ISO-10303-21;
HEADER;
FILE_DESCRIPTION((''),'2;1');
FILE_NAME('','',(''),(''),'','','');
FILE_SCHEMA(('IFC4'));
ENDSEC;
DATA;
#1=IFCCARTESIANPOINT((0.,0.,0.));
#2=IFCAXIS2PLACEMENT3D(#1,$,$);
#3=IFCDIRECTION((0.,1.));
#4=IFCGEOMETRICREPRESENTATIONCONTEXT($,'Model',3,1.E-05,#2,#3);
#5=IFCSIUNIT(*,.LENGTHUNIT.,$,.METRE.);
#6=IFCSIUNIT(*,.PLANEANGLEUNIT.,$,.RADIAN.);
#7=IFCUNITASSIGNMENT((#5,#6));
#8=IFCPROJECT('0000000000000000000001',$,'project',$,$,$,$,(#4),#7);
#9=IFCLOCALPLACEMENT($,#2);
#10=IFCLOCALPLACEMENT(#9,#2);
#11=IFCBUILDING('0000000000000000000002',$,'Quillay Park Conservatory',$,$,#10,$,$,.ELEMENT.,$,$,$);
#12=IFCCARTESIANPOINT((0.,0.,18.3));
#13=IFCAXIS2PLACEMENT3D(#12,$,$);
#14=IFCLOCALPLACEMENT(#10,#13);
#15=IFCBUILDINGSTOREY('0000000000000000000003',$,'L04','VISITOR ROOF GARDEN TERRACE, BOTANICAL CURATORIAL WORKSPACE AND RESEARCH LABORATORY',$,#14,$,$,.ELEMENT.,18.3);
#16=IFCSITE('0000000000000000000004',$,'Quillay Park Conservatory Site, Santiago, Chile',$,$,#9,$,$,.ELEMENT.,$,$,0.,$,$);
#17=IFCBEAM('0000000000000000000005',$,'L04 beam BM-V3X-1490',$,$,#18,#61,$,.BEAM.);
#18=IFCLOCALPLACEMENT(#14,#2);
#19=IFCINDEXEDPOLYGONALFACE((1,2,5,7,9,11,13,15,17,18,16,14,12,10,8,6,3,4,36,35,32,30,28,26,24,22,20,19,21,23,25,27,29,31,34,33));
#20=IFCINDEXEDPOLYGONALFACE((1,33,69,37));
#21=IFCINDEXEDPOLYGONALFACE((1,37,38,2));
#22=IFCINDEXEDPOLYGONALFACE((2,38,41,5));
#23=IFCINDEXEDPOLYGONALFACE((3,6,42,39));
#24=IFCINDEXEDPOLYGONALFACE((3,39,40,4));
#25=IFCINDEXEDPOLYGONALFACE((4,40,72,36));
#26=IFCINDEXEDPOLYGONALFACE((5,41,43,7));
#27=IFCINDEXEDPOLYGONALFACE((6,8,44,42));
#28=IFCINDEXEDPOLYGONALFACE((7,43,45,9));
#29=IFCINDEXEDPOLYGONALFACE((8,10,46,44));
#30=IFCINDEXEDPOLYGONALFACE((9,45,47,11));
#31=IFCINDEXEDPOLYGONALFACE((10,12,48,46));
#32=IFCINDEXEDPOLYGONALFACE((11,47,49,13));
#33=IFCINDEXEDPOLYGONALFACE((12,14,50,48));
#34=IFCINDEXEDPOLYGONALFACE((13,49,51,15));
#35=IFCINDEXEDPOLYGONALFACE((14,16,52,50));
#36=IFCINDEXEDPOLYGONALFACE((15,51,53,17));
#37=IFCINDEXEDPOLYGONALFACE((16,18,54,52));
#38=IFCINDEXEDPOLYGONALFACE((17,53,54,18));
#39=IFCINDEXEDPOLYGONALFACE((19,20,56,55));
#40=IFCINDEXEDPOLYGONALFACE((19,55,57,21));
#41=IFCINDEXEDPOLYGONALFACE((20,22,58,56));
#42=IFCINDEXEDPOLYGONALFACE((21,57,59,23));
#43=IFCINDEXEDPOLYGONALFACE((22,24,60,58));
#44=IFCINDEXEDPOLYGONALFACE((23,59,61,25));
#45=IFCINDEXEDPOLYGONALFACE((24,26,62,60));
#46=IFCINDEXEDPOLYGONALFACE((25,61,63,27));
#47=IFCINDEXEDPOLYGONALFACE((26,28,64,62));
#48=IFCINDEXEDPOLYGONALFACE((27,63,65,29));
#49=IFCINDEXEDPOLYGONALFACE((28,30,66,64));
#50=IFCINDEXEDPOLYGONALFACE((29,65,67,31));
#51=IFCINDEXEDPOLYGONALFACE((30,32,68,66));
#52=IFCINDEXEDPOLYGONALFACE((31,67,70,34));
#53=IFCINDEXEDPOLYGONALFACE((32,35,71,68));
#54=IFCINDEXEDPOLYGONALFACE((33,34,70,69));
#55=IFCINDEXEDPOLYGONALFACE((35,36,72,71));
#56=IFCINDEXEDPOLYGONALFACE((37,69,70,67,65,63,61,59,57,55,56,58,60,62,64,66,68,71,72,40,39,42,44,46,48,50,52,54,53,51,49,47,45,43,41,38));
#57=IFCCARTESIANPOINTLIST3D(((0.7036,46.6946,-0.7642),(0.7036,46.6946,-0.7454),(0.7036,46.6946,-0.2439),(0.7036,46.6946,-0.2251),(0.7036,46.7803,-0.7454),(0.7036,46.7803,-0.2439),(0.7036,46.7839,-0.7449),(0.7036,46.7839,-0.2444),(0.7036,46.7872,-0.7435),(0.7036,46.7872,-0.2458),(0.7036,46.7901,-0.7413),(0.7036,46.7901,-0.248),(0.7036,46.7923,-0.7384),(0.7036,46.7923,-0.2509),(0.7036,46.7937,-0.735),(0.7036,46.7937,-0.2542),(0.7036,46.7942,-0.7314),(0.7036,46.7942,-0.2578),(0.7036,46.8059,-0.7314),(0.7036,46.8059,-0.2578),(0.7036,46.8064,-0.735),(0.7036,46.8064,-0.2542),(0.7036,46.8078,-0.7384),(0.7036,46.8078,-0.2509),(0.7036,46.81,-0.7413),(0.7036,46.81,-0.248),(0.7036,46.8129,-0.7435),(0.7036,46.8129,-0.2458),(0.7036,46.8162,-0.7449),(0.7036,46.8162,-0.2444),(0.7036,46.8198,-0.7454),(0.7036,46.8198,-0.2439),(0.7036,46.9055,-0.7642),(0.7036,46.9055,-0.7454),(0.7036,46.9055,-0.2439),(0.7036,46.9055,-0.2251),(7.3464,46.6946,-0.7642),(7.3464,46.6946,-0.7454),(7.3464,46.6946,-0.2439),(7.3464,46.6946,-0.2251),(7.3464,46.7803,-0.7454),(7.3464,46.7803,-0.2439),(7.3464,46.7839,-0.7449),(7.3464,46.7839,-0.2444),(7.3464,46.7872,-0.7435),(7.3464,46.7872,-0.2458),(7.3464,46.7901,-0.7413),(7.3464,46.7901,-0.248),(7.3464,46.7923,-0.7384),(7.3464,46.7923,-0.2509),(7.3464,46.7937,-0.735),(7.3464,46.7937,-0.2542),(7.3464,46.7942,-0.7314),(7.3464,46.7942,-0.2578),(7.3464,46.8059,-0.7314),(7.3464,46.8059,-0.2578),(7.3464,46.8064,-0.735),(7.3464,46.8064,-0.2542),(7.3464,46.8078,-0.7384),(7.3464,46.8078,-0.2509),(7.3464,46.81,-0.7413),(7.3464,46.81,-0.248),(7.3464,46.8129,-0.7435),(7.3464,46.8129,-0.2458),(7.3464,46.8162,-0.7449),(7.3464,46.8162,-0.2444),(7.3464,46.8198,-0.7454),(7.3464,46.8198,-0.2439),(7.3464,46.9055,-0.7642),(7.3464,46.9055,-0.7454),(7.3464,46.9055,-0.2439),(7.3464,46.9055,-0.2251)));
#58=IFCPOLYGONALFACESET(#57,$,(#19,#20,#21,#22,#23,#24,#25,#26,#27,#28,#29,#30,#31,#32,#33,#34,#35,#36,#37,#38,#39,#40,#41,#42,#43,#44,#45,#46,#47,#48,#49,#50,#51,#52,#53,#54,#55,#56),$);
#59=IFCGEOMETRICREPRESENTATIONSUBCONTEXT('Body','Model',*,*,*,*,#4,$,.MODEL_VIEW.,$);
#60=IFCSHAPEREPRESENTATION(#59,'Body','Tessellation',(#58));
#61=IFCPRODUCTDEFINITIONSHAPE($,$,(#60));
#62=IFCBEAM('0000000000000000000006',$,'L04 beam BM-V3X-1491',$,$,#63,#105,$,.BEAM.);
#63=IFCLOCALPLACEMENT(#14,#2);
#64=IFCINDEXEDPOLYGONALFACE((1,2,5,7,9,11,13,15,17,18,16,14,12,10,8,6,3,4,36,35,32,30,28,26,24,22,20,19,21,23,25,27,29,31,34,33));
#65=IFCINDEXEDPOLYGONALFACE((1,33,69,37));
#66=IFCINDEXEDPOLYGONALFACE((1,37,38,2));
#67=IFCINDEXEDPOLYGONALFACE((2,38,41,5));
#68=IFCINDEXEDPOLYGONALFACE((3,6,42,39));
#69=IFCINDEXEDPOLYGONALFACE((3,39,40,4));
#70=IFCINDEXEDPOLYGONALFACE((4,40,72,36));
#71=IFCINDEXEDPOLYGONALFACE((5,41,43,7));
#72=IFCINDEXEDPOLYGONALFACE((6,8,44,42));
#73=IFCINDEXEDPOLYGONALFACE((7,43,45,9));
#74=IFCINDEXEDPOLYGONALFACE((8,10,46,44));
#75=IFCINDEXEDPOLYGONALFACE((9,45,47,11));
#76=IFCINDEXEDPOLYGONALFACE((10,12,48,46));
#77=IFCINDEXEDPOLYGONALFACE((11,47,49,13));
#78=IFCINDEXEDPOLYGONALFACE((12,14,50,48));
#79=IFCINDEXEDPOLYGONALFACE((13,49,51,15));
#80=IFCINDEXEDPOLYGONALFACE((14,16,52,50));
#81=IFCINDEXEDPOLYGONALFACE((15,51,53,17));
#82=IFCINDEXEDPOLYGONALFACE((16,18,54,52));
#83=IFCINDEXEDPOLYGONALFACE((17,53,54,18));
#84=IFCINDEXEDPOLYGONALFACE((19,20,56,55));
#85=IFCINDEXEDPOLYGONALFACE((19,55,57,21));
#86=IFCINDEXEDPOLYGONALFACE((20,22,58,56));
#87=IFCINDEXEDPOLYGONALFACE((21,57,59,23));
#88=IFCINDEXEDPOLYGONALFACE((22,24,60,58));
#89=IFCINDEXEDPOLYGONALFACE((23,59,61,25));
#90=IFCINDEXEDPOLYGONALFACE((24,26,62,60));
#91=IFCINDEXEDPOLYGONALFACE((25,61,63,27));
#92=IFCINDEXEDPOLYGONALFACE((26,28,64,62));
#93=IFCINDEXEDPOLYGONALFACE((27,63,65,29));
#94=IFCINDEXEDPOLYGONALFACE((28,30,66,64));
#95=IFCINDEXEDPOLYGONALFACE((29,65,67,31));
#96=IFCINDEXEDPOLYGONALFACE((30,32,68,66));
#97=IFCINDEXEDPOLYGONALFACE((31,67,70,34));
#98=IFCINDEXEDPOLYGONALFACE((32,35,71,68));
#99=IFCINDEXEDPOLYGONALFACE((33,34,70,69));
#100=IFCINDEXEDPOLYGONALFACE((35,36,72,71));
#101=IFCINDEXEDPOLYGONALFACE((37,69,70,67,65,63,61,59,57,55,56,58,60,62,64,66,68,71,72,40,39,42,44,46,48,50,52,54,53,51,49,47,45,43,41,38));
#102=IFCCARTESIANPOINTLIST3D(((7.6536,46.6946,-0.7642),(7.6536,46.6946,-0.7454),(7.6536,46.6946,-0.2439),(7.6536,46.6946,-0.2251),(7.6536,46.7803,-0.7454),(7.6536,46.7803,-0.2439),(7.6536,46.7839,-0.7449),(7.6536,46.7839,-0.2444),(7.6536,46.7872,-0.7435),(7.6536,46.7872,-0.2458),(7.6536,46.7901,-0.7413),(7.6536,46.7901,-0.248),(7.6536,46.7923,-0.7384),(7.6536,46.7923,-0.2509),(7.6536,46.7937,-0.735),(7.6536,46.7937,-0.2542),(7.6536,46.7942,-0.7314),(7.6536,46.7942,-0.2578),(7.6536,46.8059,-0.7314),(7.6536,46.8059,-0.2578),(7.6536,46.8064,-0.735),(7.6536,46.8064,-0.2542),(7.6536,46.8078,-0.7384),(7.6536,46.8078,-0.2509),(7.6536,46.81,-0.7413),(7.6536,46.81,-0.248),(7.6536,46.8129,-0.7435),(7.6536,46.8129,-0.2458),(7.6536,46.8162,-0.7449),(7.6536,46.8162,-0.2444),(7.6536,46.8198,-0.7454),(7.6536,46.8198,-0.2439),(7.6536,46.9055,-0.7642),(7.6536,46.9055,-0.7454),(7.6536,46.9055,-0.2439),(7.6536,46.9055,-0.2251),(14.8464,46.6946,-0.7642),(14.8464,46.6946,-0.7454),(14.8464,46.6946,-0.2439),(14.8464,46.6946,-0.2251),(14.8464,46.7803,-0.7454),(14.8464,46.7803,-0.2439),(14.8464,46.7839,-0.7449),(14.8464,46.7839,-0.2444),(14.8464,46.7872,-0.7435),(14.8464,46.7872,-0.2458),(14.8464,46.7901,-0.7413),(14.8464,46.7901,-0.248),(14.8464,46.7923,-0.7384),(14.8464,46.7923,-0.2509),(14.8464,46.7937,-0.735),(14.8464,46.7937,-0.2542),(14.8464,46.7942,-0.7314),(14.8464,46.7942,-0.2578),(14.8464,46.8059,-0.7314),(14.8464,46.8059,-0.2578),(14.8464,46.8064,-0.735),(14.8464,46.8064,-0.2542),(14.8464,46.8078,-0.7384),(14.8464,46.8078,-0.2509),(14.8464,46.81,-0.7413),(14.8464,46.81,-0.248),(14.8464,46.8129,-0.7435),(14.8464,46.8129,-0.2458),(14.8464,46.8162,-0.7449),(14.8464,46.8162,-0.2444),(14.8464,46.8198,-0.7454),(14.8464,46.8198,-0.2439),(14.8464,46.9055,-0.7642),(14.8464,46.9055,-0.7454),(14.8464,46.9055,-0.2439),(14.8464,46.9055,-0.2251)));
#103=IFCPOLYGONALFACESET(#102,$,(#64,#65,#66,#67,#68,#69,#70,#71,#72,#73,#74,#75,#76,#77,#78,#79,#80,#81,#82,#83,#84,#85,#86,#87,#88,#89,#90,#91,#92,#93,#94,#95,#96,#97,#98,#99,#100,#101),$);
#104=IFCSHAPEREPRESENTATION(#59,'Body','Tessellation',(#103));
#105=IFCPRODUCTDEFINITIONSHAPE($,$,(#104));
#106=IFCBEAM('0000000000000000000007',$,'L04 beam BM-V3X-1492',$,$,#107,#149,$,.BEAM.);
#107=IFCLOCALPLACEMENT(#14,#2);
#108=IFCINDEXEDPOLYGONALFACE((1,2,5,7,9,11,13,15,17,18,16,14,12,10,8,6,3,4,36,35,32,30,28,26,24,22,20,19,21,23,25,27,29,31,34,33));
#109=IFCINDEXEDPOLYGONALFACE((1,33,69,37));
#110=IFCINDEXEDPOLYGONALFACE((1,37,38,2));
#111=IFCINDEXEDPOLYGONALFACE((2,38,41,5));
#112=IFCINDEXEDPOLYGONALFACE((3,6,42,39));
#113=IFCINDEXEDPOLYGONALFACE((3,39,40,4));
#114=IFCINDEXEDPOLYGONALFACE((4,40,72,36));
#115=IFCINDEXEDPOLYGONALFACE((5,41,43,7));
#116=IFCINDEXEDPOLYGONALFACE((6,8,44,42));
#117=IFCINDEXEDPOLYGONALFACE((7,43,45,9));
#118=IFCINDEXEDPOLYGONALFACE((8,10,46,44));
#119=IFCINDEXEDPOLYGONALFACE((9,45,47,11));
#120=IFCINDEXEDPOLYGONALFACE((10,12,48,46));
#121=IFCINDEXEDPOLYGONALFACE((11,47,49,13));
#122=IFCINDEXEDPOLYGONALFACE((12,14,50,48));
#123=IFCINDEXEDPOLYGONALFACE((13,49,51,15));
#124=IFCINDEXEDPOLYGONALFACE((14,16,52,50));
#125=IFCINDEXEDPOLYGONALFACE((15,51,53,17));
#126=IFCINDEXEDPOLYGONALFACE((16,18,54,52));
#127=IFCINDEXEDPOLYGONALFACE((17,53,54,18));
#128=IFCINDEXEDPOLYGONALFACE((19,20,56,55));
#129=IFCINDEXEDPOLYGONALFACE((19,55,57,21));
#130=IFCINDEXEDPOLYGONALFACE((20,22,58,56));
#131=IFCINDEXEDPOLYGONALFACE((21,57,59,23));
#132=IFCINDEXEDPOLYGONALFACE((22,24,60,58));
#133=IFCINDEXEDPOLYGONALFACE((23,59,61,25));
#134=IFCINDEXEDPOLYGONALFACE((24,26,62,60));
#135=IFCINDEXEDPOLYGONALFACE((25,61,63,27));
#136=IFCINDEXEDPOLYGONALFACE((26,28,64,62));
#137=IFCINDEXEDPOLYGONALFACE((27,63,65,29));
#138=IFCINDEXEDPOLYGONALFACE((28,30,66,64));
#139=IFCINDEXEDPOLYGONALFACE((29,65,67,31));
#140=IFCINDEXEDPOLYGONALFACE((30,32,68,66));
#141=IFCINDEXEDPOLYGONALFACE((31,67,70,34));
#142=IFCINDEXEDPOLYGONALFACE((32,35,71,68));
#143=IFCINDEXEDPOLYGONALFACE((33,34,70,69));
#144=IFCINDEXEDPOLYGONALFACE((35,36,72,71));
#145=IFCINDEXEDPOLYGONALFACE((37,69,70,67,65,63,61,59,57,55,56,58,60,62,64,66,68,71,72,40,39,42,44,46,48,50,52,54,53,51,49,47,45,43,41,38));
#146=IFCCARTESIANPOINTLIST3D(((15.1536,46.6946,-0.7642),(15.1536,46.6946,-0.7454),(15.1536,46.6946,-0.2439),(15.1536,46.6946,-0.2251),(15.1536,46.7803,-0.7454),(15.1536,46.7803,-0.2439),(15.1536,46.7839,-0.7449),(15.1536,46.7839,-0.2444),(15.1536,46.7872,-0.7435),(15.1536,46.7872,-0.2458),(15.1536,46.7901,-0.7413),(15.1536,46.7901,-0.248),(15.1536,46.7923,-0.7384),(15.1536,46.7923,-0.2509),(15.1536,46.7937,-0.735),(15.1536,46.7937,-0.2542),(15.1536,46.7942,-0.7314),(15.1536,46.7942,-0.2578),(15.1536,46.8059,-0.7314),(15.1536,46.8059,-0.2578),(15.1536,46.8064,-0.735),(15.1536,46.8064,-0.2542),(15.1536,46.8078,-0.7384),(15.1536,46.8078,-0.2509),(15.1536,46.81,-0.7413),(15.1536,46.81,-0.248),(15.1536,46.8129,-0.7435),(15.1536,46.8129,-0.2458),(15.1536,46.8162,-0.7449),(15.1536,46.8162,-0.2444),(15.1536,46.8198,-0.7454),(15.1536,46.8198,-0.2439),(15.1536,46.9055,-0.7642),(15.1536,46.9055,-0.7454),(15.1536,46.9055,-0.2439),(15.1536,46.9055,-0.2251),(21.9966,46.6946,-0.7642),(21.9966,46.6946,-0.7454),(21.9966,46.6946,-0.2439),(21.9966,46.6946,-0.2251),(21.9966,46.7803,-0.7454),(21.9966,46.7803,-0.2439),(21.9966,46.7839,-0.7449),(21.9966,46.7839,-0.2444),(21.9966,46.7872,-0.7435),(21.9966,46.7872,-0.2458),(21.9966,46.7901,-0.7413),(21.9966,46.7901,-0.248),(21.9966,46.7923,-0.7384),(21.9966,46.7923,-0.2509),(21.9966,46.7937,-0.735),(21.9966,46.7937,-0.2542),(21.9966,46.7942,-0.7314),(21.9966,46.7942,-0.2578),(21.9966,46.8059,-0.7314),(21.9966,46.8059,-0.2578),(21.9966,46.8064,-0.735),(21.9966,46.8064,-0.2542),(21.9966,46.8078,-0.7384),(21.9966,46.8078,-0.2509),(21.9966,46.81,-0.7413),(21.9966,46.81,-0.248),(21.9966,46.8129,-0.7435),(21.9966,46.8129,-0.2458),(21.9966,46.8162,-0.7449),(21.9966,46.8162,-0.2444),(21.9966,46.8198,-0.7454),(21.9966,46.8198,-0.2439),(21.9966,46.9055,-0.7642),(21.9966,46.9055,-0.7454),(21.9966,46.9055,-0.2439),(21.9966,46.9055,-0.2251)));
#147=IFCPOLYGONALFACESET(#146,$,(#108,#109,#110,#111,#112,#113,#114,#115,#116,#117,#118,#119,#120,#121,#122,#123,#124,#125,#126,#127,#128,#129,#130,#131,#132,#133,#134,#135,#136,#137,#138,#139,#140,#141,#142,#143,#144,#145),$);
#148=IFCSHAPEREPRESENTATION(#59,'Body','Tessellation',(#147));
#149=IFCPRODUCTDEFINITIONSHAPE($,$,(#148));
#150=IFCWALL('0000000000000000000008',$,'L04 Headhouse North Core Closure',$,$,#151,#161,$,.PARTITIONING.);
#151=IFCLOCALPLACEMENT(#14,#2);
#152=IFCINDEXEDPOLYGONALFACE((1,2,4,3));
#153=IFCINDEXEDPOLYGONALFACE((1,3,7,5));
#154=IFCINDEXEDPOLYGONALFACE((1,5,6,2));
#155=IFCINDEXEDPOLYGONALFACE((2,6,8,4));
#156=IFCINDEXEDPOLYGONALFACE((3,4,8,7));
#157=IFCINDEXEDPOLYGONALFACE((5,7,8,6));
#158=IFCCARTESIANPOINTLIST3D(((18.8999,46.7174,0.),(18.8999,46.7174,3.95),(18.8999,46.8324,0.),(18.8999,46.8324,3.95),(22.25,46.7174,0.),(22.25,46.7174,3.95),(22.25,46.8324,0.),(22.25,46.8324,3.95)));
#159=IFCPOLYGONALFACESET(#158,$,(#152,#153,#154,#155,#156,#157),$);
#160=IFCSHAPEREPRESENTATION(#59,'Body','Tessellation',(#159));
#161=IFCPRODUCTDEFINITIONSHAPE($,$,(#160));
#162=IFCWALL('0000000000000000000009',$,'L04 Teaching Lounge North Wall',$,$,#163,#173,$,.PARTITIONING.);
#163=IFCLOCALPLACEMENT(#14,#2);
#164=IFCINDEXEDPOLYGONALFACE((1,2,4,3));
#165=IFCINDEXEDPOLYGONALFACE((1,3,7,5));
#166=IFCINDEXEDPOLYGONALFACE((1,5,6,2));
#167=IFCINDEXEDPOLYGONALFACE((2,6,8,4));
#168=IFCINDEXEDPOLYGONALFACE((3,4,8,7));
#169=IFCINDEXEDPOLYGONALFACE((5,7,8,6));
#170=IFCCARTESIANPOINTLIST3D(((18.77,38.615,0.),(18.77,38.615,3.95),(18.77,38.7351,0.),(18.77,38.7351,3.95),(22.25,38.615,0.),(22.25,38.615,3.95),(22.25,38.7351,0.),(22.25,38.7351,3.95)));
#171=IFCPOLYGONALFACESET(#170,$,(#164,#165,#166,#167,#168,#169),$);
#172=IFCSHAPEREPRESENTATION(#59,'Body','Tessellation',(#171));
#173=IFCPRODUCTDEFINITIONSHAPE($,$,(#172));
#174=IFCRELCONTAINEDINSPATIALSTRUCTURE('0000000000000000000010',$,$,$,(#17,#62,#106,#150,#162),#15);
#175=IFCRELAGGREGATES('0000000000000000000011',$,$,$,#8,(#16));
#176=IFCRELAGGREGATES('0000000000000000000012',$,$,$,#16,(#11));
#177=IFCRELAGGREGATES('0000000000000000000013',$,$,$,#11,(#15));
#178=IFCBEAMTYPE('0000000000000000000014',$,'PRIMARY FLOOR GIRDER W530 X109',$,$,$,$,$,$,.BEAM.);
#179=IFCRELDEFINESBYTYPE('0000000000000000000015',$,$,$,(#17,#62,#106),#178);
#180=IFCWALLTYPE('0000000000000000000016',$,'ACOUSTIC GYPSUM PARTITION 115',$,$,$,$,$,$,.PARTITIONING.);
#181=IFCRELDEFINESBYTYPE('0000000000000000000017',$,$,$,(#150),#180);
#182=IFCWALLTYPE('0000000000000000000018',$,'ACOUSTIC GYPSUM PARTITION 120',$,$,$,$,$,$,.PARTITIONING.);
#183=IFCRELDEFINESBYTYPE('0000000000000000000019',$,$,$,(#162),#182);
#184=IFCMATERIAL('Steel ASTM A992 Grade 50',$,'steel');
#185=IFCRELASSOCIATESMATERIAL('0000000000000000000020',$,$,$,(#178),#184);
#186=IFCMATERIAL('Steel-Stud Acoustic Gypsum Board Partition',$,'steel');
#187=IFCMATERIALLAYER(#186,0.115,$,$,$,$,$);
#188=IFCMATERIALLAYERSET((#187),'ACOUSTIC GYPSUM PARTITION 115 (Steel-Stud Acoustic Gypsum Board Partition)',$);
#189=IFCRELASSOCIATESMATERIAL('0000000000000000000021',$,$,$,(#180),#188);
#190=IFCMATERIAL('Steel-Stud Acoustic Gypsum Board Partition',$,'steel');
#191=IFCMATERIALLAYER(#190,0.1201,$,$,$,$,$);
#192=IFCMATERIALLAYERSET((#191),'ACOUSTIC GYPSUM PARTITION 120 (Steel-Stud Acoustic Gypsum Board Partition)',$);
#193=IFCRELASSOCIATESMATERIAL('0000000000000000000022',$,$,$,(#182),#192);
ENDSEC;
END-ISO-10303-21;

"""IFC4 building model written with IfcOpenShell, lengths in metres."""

from ifc_helpers import new_model, si_unit, direction, frame, frame_2d, origin, origin_2d, place, context, subcontext, project, spatial, rectangle, i_section, extrude, material, layer, layer_set, material_profile, profile_set, type_object, element, save


model = new_model("IFC4")

# Units and contexts
model_context = context("Model", 3, precision=1e-05, world=origin(), true_north=direction((0.0, 1.0)))
body_context = subcontext(model_context, "Body", "Model", "MODEL_VIEW")
ifc_project = project(units=[si_unit("LENGTHUNIT", "METRE"), si_unit("PLANEANGLEUNIT", "RADIAN")], contexts=[model_context])

# Site, building, storey
site_placement = place(None, origin())
site = spatial("IfcSite", under=ifc_project, at=site_placement, Name="Quillay Park Conservatory Site, Santiago, Chile", CompositionType="ELEMENT", RefElevation=0.0)
building_placement = place(site_placement, origin())
building = spatial("IfcBuilding", under=site, at=building_placement, Name="Quillay Park Conservatory", CompositionType="ELEMENT")
storey_placement = place(building_placement, frame((0.0, 0.0, 18.3)))
storey = spatial("IfcBuildingStorey", under=building, at=storey_placement, Name="L04", Description="VISITOR ROOF GARDEN TERRACE, BOTANICAL CURATORIAL WORKSPACE AND RESEARCH LABORATORY", CompositionType="ELEMENT", Elevation=18.3)

# Beams
ifc_material_1 = material(Name="Steel ASTM A992 Grade 50", Category="steel")
ifc_material_profile_1 = material_profile(ifc_material_1, i_section(OverallWidth=0.2109, OverallDepth=0.5391, WebThickness=0.0117, FlangeThickness=0.0188, FilletRadius=0.0139, at=origin_2d()), Name="W530x109")
ifc_profile_set_1 = profile_set([ifc_material_profile_1], Name="Steel ASTM A992 Grade 50")
beam_type_1 = type_object("IfcBeamType", Name="PRIMARY FLOOR GIRDER W530 X109", PredefinedType="BEAM", material=ifc_profile_set_1)
beam_1_placement = place(storey_placement, frame((0.7036, 46.8, -0.4946), z_axis=(1.0, 0.0, 0.0), x_axis=(0.0, 1.0, 0.0)))
element("IfcBeam", 1, at=beam_1_placement, inside=storey, type_object=beam_type_1, Name="L04 beam BM-V3X-1490", PredefinedType="BEAM", context=body_context, shape_type="SweptSolid", body=[
    extrude(i_section(OverallWidth=0.2109, OverallDepth=0.5391, WebThickness=0.0117, FlangeThickness=0.0188, FilletRadius=0.0139, at=origin_2d()), origin(), (0.0, 0.0, 1.0), 6.6428),
])
beam_2_placement = place(storey_placement, frame((7.6536, 46.8, -0.4946), z_axis=(1.0, 0.0, 0.0), x_axis=(0.0, 1.0, 0.0)))
element("IfcBeam", 2, at=beam_2_placement, inside=storey, type_object=beam_type_1, Name="L04 beam BM-V3X-1491", PredefinedType="BEAM", context=body_context, shape_type="SweptSolid", body=[
    extrude(i_section(OverallWidth=0.2109, OverallDepth=0.5391, WebThickness=0.0117, FlangeThickness=0.0188, FilletRadius=0.0139, at=origin_2d()), origin(), (0.0, 0.0, 1.0), 7.1929),
])
beam_3_placement = place(storey_placement, frame((15.1536, 46.8, -0.4946), z_axis=(1.0, 0.0, 0.0), x_axis=(0.0, 1.0, 0.0)))
element("IfcBeam", 3, at=beam_3_placement, inside=storey, type_object=beam_type_1, Name="L04 beam BM-V3X-1492", PredefinedType="BEAM", context=body_context, shape_type="SweptSolid", body=[
    extrude(i_section(OverallWidth=0.2109, OverallDepth=0.5391, WebThickness=0.0117, FlangeThickness=0.0188, FilletRadius=0.0139, at=origin_2d()), origin(), (0.0, 0.0, 1.0), 6.843),
])

# Walls
ifc_material_2 = material(Name="Steel-Stud Acoustic Gypsum Board Partition", Category="steel")
ifc_layer_1 = layer(ifc_material_2, 0.115)
ifc_layer_set_1 = layer_set([ifc_layer_1], Name="ACOUSTIC GYPSUM PARTITION 115 (Steel-Stud Acoustic Gypsum Board Partition)")
wall_type_1 = type_object("IfcWallType", Name="ACOUSTIC GYPSUM PARTITION 115", PredefinedType="PARTITIONING", material=ifc_layer_set_1)
wall_1_placement = place(storey_placement, frame((18.8999, 46.7749, 0.0), z_axis=(0.0, 0.0, 1.0), x_axis=(1.0, 0.0, 0.0)))
element("IfcWall", 4, at=wall_1_placement, inside=storey, type_object=wall_type_1, Name="L04 Headhouse North Core Closure", PredefinedType="PARTITIONING", context=body_context, shape_type="SweptSolid", body=[
    extrude(rectangle(XDim=3.3501, YDim=0.115, at=frame_2d((1.675, 0.0))), origin(), (0.0, 0.0, 1.0), 3.95),
])
ifc_material_3 = material(Name="Steel-Stud Acoustic Gypsum Board Partition", Category="steel")
ifc_layer_2 = layer(ifc_material_3, 0.1201)
ifc_layer_set_2 = layer_set([ifc_layer_2], Name="ACOUSTIC GYPSUM PARTITION 120 (Steel-Stud Acoustic Gypsum Board Partition)")
wall_type_2 = type_object("IfcWallType", Name="ACOUSTIC GYPSUM PARTITION 120", PredefinedType="PARTITIONING", material=ifc_layer_set_2)
wall_2_placement = place(storey_placement, frame((22.25, 38.675, 0.0), z_axis=(0.0, 0.0, 1.0), x_axis=(-1.0, 0.0, 0.0)))
element("IfcWall", 5, at=wall_2_placement, inside=storey, type_object=wall_type_2, Name="L04 Teaching Lounge North Wall", PredefinedType="PARTITIONING", context=body_context, shape_type="SweptSolid", body=[
    extrude(rectangle(XDim=3.48, YDim=0.1201, at=frame_2d((1.74, 0.0))), origin(), (0.0, 0.0, 1.0), 3.95),
])

save(model, "model.ifc")
